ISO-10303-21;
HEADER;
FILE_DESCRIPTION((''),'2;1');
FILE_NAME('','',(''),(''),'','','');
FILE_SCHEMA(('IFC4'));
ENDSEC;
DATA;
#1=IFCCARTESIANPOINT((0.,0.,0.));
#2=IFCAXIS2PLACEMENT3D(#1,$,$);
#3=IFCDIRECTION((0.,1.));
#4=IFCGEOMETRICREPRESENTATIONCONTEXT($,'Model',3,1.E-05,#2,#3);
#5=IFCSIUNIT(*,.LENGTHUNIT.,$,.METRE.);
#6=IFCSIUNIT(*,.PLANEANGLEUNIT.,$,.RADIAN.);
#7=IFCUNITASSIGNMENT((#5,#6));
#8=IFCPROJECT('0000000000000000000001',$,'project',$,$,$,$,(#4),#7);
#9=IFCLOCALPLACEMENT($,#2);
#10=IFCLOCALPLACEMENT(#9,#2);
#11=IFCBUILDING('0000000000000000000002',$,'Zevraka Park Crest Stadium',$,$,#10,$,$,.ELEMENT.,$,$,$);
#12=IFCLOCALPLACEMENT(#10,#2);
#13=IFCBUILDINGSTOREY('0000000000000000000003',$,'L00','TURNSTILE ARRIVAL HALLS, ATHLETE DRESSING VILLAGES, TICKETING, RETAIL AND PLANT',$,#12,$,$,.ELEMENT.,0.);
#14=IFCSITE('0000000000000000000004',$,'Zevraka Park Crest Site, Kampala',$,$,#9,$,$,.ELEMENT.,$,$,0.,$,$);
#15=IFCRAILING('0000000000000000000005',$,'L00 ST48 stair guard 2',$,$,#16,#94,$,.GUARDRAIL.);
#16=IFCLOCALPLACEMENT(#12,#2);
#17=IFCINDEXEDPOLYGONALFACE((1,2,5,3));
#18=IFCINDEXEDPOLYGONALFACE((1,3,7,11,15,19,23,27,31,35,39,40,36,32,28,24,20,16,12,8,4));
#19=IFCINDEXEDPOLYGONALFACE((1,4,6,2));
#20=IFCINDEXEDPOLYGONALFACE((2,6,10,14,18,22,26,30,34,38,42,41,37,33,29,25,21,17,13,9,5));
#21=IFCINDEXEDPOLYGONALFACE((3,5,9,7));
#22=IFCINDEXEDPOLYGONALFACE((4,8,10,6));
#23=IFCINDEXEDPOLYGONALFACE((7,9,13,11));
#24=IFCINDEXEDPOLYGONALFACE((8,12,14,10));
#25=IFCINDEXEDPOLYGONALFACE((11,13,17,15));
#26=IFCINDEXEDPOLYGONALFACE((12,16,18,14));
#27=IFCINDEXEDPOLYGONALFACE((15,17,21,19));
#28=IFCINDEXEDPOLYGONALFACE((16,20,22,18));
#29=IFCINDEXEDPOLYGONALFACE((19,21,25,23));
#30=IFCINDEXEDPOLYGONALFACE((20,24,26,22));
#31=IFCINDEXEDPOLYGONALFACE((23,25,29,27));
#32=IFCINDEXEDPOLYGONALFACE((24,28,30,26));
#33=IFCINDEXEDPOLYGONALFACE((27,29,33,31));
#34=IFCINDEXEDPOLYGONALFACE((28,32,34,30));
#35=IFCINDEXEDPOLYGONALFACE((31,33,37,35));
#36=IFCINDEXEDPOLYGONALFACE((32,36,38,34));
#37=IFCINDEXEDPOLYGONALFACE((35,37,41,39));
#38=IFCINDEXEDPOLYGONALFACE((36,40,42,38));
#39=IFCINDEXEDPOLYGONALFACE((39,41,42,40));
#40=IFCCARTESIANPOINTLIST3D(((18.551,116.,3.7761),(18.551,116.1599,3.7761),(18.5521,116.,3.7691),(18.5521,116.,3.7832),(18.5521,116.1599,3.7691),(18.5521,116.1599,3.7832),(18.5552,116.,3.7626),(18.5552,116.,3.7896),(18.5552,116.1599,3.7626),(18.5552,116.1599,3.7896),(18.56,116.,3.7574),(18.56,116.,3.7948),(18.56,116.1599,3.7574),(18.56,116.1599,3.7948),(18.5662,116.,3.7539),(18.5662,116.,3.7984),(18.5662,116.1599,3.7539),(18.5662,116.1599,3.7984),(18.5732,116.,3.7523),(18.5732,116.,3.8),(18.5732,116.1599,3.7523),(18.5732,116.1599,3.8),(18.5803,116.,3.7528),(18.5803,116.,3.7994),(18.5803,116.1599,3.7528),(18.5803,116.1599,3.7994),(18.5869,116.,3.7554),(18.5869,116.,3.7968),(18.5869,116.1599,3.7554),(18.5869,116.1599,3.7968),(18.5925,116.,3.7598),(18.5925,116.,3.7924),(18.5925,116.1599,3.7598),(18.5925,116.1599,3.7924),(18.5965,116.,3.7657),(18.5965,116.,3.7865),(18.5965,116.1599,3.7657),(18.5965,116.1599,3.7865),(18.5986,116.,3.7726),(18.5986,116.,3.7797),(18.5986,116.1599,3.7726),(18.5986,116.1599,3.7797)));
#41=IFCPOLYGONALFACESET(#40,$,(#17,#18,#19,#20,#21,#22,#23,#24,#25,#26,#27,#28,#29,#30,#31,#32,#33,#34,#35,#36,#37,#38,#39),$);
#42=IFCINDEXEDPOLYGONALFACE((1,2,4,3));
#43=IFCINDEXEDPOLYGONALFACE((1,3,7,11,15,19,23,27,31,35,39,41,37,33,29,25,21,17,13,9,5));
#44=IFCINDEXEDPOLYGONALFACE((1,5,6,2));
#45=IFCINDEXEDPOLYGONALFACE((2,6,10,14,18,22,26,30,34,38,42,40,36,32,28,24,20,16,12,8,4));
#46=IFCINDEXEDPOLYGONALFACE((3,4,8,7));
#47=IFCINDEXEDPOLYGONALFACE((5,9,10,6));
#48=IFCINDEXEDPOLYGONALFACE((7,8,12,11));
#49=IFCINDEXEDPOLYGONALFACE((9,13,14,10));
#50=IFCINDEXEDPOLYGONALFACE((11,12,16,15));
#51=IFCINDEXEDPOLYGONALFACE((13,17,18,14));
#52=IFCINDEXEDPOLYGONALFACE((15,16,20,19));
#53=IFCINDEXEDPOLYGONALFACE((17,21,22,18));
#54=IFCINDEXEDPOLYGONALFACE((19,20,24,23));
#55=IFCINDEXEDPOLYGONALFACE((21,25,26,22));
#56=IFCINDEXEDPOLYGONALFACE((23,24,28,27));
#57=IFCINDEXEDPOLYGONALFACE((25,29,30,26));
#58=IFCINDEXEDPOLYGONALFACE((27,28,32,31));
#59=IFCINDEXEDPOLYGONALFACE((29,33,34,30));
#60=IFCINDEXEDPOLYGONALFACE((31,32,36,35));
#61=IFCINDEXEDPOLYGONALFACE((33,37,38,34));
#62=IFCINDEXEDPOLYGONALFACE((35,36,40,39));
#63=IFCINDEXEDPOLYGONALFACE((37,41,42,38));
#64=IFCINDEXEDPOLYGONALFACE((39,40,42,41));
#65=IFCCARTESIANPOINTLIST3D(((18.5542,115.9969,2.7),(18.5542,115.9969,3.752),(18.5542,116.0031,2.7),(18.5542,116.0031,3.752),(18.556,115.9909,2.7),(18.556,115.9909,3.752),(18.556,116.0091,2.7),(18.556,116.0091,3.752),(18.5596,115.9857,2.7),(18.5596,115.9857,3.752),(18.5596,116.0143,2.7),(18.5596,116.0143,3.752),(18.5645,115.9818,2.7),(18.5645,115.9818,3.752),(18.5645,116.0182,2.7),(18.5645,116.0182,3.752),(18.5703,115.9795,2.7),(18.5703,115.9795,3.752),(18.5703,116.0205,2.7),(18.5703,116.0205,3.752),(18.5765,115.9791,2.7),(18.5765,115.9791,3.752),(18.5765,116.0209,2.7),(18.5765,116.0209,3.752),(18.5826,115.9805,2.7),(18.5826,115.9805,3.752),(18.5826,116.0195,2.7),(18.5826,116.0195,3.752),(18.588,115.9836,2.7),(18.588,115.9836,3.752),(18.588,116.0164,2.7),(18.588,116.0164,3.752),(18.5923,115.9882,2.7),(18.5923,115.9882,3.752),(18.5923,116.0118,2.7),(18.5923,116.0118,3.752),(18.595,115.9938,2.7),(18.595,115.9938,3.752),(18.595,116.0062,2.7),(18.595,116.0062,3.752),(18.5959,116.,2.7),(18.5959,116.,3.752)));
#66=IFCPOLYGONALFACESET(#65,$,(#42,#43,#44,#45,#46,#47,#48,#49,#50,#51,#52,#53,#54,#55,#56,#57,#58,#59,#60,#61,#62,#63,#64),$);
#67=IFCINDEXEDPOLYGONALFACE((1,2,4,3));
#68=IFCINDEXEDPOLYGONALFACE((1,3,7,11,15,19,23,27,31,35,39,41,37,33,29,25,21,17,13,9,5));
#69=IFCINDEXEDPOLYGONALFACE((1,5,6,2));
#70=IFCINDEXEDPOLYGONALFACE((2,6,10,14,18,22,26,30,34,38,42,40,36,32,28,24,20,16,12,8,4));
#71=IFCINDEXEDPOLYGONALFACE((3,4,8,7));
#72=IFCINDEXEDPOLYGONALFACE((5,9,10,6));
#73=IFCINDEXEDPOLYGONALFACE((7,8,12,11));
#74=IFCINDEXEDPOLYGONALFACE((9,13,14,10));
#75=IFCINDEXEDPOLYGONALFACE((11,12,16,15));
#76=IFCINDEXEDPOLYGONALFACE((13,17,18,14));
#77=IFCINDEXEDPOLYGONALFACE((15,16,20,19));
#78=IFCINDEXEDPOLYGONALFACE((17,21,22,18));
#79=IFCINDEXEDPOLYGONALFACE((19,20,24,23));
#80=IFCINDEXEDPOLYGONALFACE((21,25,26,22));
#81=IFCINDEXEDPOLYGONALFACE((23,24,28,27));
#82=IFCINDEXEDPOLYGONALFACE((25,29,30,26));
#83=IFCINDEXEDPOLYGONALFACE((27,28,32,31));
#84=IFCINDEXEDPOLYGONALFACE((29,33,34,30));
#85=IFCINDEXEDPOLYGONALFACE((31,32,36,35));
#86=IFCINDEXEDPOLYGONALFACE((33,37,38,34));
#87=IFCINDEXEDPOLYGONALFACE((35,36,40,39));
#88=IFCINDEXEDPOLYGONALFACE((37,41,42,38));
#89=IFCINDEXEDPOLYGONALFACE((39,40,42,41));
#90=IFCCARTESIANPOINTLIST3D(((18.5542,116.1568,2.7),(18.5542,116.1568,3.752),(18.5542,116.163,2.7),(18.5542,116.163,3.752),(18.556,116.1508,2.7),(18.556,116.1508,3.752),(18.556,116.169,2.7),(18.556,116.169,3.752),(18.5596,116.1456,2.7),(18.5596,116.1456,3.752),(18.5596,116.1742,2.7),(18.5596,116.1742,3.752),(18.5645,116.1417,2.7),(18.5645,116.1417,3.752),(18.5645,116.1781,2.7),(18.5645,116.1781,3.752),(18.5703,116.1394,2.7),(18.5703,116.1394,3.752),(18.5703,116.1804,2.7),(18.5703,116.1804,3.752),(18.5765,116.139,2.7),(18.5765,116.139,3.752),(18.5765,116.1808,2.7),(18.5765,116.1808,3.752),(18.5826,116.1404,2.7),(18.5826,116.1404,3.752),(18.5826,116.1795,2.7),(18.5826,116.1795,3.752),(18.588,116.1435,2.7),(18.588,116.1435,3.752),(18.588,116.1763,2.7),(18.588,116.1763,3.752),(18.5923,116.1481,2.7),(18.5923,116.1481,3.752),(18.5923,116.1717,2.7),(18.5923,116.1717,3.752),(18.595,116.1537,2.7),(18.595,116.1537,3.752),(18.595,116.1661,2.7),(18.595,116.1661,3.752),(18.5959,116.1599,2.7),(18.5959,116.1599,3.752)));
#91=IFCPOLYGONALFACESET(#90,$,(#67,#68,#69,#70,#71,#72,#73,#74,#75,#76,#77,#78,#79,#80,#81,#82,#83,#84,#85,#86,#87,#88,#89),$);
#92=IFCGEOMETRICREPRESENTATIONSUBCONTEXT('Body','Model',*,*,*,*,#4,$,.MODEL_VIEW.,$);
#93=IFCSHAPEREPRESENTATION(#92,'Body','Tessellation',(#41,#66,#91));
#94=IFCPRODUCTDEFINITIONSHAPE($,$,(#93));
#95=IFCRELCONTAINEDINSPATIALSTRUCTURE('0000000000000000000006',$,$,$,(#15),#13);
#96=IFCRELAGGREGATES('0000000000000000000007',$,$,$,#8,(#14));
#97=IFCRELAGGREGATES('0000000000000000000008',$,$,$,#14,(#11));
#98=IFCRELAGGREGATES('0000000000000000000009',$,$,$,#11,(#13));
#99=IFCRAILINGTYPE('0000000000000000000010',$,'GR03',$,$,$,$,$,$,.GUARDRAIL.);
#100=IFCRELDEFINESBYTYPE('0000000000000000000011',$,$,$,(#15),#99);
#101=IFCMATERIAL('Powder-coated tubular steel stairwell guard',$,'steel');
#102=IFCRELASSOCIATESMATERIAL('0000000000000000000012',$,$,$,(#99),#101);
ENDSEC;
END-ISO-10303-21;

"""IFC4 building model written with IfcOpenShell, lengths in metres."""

from ifc_helpers import new_model, si_unit, direction, frame, origin, origin_2d, place, context, subcontext, project, spatial, circle, extrude, material, type_object, element, save


model = new_model("IFC4")

# Units and contexts
model_context = context("Model", 3, precision=1e-05, world=origin(), true_north=direction((0.0, 1.0)))
body_context = subcontext(model_context, "Body", "Model", "MODEL_VIEW")
ifc_project = project(units=[si_unit("LENGTHUNIT", "METRE"), si_unit("PLANEANGLEUNIT", "RADIAN")], contexts=[model_context])

# Site, building, storey
site_placement = place(None, origin())
site = spatial("IfcSite", under=ifc_project, at=site_placement, Name="Zevraka Park Crest Site, Kampala", CompositionType="ELEMENT", RefElevation=0.0)
building_placement = place(site_placement, origin())
building = spatial("IfcBuilding", under=site, at=building_placement, Name="Zevraka Park Crest Stadium", CompositionType="ELEMENT")
storey_placement = place(building_placement, origin())
storey = spatial("IfcBuildingStorey", under=building, at=storey_placement, Name="L00", Description="TURNSTILE ARRIVAL HALLS, ATHLETE DRESSING VILLAGES, TICKETING, RETAIL AND PLANT", CompositionType="ELEMENT", Elevation=0.0)

# Railing
ifc_material_1 = material(Name="Powder-coated tubular steel stairwell guard", Category="steel")
railing_type_1 = type_object("IfcRailingType", Name="GR03", PredefinedType="GUARDRAIL", material=ifc_material_1)
railing_1_placement = place(storey_placement, frame((18.575, 116.0, 2.7)))
element("IfcRailing", 1, at=railing_1_placement, inside=storey, type_object=railing_type_1, Name="L00 ST48 stair guard 2", PredefinedType="GUARDRAIL", context=body_context, shape_type="SweptSolid", body=[
    extrude(circle(Radius=0.0239, at=origin_2d()), frame((0.0, 0.0, 1.0762), z_axis=(0.0, 1.0, 0.0), x_axis=(-1.0, 0.0, 0.0)), (0.0, 0.0, 1.0), 0.1599),
    extrude(circle(Radius=0.021, at=origin_2d()), origin(), (0.0, 0.0, 1.0), 1.052),
    extrude(circle(Radius=0.021, at=origin_2d()), frame((0.0, 0.1599, 0.0)), (0.0, 0.0, 1.0), 1.052),
])

save(model, "model.ifc")
